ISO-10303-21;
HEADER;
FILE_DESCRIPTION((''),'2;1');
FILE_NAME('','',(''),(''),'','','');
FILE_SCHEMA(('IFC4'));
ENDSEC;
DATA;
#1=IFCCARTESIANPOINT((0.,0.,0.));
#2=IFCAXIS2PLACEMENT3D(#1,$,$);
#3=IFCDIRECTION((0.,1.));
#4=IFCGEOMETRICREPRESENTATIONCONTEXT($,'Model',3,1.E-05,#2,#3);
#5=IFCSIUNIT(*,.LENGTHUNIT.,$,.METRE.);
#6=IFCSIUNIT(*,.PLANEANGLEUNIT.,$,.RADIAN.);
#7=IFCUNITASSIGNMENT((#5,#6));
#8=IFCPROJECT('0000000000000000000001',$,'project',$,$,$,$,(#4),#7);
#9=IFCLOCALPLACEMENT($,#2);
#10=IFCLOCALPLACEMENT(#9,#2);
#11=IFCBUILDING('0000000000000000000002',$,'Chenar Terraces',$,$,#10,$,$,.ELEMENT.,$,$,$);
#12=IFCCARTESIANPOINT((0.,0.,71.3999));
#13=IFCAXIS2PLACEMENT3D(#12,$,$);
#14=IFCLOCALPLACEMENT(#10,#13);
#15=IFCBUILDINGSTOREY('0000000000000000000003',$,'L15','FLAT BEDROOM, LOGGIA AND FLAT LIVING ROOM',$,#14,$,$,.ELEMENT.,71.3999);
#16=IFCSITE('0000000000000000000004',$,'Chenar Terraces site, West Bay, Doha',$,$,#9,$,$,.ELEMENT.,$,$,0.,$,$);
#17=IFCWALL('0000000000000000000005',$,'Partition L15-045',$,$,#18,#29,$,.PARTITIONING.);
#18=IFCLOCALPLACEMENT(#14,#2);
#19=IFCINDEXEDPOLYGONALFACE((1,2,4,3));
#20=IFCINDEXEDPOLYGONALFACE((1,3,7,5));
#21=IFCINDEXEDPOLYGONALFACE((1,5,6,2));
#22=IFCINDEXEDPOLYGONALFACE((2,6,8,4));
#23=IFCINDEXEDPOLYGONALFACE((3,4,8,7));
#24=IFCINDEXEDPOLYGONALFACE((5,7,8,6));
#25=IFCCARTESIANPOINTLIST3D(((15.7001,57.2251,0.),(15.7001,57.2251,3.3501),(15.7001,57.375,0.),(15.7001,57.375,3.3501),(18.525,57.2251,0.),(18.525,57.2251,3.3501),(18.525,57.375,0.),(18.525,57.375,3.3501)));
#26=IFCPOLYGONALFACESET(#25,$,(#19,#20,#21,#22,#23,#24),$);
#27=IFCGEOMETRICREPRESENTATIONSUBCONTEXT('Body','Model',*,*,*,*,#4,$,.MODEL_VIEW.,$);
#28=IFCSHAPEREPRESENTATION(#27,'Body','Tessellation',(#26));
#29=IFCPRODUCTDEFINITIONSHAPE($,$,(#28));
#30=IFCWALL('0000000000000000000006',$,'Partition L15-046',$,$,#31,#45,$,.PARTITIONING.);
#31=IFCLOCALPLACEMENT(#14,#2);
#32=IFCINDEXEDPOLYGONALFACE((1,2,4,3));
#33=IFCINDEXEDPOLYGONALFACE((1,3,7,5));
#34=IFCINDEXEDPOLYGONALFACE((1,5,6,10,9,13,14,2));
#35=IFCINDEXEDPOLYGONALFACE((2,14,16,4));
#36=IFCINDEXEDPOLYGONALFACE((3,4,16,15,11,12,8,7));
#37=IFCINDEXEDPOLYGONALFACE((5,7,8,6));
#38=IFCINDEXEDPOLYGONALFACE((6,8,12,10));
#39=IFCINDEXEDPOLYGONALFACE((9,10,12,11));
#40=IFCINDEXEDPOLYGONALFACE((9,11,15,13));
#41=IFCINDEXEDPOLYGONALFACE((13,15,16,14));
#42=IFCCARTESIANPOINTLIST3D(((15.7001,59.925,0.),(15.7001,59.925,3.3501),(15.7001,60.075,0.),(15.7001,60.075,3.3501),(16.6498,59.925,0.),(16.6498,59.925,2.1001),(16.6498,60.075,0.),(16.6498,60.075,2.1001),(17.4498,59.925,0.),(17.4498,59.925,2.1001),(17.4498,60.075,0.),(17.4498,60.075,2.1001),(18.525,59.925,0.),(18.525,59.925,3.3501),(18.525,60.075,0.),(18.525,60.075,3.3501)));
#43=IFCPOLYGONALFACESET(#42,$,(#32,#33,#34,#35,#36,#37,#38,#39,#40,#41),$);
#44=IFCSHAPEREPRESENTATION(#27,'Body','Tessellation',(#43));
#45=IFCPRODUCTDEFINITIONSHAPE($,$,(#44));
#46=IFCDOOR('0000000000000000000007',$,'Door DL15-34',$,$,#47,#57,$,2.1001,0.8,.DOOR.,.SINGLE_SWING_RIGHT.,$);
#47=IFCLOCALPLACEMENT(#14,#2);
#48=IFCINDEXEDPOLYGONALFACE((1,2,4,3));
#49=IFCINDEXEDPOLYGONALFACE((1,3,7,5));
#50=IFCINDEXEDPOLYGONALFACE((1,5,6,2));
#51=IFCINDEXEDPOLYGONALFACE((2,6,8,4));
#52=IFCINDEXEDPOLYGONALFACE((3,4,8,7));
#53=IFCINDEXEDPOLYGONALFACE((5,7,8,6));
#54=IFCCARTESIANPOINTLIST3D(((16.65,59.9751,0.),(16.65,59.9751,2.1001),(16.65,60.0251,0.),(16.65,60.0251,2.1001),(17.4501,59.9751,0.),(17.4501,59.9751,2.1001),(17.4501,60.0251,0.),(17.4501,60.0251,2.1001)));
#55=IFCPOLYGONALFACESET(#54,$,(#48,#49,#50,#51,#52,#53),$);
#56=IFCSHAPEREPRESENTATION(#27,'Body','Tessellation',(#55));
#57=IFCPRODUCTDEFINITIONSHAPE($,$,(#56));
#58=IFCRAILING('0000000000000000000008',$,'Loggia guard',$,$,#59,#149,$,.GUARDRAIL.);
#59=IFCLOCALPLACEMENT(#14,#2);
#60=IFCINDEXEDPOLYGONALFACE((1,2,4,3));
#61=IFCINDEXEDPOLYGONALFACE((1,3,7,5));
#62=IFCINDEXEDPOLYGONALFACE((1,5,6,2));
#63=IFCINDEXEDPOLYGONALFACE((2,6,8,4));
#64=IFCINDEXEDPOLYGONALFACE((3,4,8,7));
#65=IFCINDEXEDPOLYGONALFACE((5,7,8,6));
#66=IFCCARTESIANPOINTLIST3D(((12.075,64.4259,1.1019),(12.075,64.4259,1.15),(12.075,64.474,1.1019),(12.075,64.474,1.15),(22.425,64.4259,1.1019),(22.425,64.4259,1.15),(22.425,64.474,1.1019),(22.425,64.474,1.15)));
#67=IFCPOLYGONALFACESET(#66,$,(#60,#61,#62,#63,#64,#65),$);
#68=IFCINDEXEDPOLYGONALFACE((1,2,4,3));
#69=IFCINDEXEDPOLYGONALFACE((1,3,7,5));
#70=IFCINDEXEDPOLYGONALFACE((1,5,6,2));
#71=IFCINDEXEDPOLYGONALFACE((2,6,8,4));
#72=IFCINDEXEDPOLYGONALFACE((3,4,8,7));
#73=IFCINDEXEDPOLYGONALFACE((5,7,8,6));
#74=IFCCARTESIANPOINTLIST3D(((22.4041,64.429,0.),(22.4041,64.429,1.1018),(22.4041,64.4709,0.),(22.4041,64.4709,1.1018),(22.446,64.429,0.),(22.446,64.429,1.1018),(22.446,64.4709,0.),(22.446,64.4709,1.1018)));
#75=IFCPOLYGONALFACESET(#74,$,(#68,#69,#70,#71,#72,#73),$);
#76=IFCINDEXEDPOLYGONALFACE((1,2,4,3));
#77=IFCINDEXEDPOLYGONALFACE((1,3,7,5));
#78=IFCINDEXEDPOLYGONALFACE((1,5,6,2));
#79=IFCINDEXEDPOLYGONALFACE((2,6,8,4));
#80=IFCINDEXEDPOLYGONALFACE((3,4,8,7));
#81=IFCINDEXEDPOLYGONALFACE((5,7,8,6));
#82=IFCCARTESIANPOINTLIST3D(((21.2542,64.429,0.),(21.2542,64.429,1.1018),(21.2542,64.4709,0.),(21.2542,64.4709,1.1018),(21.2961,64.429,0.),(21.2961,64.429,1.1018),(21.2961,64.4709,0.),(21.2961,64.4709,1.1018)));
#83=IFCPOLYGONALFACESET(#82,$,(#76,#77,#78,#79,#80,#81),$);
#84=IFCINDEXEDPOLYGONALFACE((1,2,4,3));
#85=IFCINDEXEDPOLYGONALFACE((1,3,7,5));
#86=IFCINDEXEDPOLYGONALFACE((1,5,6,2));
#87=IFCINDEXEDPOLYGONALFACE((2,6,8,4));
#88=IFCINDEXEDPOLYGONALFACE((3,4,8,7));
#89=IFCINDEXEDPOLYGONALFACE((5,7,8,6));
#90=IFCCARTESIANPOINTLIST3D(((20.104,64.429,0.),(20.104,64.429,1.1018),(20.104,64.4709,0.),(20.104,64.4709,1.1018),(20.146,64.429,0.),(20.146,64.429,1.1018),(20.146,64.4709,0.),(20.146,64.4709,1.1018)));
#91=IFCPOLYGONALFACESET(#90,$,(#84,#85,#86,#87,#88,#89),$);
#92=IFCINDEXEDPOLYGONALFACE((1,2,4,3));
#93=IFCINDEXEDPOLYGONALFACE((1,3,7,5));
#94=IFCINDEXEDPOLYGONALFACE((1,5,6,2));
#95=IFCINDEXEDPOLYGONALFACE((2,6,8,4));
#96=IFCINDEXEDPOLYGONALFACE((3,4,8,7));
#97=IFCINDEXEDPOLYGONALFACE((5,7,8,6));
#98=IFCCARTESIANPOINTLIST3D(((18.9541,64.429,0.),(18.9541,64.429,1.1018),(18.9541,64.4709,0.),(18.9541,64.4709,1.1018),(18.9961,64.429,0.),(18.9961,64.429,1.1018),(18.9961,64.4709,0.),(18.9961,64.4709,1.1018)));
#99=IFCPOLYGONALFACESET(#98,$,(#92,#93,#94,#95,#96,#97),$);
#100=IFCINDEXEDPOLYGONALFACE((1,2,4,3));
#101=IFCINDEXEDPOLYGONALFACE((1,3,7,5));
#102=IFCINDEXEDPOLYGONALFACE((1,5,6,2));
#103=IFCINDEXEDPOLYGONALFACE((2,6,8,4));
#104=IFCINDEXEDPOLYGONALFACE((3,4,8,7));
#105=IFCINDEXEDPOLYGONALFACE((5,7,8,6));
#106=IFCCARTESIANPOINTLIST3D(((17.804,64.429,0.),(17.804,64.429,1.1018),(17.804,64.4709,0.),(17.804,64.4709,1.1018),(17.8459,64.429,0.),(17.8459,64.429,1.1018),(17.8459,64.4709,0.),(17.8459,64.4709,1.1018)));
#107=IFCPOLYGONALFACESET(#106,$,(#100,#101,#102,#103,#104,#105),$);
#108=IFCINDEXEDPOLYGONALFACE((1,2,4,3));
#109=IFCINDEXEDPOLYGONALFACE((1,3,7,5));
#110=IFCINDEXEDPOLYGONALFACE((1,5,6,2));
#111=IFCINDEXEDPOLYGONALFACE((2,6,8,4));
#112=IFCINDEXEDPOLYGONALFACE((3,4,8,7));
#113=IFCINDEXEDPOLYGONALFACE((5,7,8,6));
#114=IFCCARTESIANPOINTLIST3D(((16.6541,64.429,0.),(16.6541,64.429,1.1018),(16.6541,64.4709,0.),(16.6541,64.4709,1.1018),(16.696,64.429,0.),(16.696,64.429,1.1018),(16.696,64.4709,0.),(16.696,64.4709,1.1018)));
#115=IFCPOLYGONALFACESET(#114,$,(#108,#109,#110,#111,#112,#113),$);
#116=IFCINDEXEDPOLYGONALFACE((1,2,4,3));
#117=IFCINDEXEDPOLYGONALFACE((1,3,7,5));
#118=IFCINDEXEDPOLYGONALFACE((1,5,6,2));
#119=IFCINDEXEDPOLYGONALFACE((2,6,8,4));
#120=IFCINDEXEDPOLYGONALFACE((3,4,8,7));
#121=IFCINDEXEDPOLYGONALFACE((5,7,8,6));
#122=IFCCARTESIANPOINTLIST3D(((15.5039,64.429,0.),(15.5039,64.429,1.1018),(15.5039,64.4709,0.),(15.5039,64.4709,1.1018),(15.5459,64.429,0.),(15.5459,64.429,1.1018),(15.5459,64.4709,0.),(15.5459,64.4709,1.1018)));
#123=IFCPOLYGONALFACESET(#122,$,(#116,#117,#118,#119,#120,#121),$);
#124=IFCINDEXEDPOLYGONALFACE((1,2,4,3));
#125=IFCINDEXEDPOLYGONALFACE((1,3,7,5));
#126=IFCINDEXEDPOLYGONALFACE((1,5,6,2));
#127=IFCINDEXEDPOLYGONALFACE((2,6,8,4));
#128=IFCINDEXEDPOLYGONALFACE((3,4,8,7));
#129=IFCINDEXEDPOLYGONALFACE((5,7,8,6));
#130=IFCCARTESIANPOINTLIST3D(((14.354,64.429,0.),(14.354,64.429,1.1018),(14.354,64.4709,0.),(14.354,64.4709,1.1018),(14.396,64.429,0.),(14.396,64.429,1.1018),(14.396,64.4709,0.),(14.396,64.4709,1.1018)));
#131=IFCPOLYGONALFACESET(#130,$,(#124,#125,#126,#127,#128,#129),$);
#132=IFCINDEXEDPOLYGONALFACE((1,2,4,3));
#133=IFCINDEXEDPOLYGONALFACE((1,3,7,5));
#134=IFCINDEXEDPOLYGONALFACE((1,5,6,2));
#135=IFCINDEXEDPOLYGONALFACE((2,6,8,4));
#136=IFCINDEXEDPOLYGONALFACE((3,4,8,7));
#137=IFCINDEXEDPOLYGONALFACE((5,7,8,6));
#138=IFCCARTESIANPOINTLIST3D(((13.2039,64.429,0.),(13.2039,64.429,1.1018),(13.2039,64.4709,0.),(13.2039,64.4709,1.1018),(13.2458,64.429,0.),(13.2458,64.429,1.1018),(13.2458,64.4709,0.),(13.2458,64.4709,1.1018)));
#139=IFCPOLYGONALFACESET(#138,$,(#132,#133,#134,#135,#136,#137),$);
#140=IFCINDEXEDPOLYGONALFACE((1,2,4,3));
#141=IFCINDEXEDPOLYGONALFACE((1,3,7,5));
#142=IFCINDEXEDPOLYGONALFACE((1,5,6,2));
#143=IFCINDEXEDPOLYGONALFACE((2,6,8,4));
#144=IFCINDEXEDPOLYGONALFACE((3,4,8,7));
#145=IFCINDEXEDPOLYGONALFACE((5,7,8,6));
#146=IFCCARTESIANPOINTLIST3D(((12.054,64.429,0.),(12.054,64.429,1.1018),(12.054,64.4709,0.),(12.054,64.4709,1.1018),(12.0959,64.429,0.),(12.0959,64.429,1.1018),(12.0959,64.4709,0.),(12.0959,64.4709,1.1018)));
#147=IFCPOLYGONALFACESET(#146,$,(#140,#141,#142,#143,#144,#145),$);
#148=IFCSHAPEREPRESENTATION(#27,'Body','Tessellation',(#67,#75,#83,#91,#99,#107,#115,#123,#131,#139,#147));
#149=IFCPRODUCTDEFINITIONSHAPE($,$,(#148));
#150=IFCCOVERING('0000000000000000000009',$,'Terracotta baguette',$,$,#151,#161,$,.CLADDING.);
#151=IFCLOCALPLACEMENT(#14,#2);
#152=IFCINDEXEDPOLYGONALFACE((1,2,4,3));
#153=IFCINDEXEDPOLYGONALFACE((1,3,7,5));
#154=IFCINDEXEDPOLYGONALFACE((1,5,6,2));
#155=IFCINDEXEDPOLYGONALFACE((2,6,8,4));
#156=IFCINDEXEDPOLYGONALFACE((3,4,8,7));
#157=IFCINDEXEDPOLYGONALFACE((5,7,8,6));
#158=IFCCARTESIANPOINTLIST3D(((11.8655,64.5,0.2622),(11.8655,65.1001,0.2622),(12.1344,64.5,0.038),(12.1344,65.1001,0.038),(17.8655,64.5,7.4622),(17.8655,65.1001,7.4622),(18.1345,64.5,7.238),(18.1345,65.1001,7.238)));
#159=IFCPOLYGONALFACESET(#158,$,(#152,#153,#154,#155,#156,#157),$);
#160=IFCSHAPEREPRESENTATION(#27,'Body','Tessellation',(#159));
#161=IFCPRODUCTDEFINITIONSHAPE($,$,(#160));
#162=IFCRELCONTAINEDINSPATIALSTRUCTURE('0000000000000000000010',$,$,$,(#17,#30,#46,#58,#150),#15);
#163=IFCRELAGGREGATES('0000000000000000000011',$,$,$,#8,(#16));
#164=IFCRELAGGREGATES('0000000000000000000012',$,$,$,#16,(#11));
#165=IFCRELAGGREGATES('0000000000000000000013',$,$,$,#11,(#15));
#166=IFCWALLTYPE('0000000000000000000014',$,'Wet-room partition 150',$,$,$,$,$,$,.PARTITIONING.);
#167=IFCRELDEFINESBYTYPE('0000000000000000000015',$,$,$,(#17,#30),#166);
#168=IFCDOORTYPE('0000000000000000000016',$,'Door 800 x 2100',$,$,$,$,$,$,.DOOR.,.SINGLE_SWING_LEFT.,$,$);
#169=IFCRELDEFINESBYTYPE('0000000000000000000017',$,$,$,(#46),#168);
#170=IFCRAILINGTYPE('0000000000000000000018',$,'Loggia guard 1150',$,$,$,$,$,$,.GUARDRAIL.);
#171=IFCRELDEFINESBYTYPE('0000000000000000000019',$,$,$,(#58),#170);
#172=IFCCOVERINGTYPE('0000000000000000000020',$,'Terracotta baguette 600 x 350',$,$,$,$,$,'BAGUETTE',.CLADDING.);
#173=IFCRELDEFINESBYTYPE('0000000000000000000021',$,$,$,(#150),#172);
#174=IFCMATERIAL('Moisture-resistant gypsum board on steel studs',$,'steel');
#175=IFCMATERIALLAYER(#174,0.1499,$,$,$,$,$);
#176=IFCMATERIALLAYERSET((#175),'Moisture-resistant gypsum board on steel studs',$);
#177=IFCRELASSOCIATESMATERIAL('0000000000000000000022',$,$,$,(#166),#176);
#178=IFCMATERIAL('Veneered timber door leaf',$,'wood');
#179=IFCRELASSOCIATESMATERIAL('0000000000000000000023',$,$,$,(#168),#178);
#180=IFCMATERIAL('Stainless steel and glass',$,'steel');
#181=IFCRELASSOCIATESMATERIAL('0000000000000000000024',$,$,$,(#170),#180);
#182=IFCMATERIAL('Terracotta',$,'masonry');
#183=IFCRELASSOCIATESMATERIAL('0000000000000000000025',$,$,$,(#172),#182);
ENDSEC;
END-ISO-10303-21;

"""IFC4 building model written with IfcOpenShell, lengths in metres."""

from ifc_helpers import new_model, si_unit, direction, frame, frame_2d, origin, origin_2d, place, context, subcontext, project, spatial, rectangle, extrude, material, layer, layer_set, material_profile, profile_set, type_object, element, fill, save


model = new_model("IFC4")

# Units and contexts
model_context = context("Model", 3, precision=1e-05, world=origin(), true_north=direction((0.0, 1.0)))
body_context = subcontext(model_context, "Body", "Model", "MODEL_VIEW")
ifc_project = project(units=[si_unit("LENGTHUNIT", "METRE"), si_unit("PLANEANGLEUNIT", "RADIAN")], contexts=[model_context])

# Site, building, storey
site_placement = place(None, origin())
site = spatial("IfcSite", under=ifc_project, at=site_placement, Name="Chenar Terraces site, West Bay, Doha", CompositionType="ELEMENT", RefElevation=0.0)
building_placement = place(site_placement, origin())
building = spatial("IfcBuilding", under=site, at=building_placement, Name="Chenar Terraces", CompositionType="ELEMENT")
storey_placement = place(building_placement, frame((0.0, 0.0, 71.3999)))
storey = spatial("IfcBuildingStorey", under=building, at=storey_placement, Name="L15", Description="FLAT BEDROOM, LOGGIA AND FLAT LIVING ROOM", CompositionType="ELEMENT", Elevation=71.3999)

# Wall
ifc_material_1 = material(Name="Moisture-resistant gypsum board on steel studs", Category="steel")
ifc_layer_1 = layer(ifc_material_1, 0.1499)
ifc_layer_set_1 = layer_set([ifc_layer_1], Name="Moisture-resistant gypsum board on steel studs")
wall_type_1 = type_object("IfcWallType", Name="Wet-room partition 150", PredefinedType="PARTITIONING", material=ifc_layer_set_1)
wall_1_placement = place(storey_placement, frame((15.7, 57.3, 0.0), z_axis=(0.0, 0.0, 1.0), x_axis=(1.0, 0.0, 0.0)))
element("IfcWall", 1, at=wall_1_placement, inside=storey, type_object=wall_type_1, Name="Partition L15-045", PredefinedType="PARTITIONING", context=body_context, shape_type="SweptSolid", body=[
    extrude(rectangle(XDim=2.825, YDim=0.1499, at=frame_2d((1.4126, 0.0))), origin(), (0.0, 0.0, 1.0), 3.3501),
])

# Wall, opening, door
wall_2_placement = place(storey_placement, frame((15.7, 60.0, 0.0), z_axis=(0.0, 0.0, 1.0), x_axis=(1.0, 0.0, 0.0)))
wall_2 = element("IfcWall", 2, at=wall_2_placement, inside=storey, type_object=wall_type_1, Name="Partition L15-046", PredefinedType="PARTITIONING", context=body_context, shape_type="SweptSolid", body=[
    extrude(rectangle(XDim=2.825, YDim=0.1499, at=frame_2d((1.4126, 0.0))), origin(), (0.0, 0.0, 1.0), 3.3501),
])
opening_1_placement = place(wall_2_placement, frame((0.95, 0.0, 0.0)))
opening_1 = element("IfcOpeningElement", 3, at=opening_1_placement, cuts=wall_2, PredefinedType="OPENING", context=body_context, shape_type="SweptSolid", body=[
    extrude(rectangle(XDim=0.8, YDim=2.1001, at=frame_2d((0.3999, 1.05))), frame((0.0, 0.085, 0.0), z_axis=(0.0, -1.0, 0.0), x_axis=(1.0, 0.0, 0.0)), (0.0, 0.0, 1.0), 0.1699),
])
ifc_material_2 = material(Name="Veneered timber door leaf", Category="wood")
door_type_1 = type_object("IfcDoorType", Name="Door 800 x 2100", OperationType="SINGLE_SWING_LEFT", PredefinedType="DOOR", material=ifc_material_2)
door_1_placement = place(opening_1_placement, frame((0.8, 0.0, 0.0), z_axis=(0.0, 0.0, 1.0), x_axis=(-1.0, 0.0, 0.0)))
door_1 = element("IfcDoor", 4, at=door_1_placement, inside=storey, type_object=door_type_1, Name="Door DL15-34", OperationType="SINGLE_SWING_RIGHT", OverallHeight=2.1001, OverallWidth=0.8, PredefinedType="DOOR", context=body_context, shape_type="SweptSolid", body=[
    extrude(rectangle(XDim=0.8, YDim=2.1001, at=frame_2d((0.3999, 1.05))), frame((0.0, 0.0249, 0.0), z_axis=(0.0, -1.0, 0.0), x_axis=(1.0, 0.0, 0.0)), (0.0, 0.0, 1.0), 0.05),
])
fill(opening_1, door_1)

# Railing
ifc_material_3 = material(Name="Stainless steel and glass", Category="steel")
railing_type = type_object("IfcRailingType", Name="Loggia guard 1150", PredefinedType="GUARDRAIL", material=ifc_material_3)
railing_placement = place(storey_placement, frame((22.425, 64.45, 0.0)))
element("IfcRailing", 5, at=railing_placement, inside=storey, type_object=railing_type, Name="Loggia guard", PredefinedType="GUARDRAIL", context=body_context, shape_type="SweptSolid", body=[
    extrude(rectangle(XDim=0.0481, YDim=0.0481, at=origin_2d()), frame((0.0, 0.0, 1.126), z_axis=(-1.0, 0.0, 0.0), x_axis=(0.0, -1.0, 0.0)), (0.0, 0.0, 1.0), 10.3501),
    extrude(rectangle(XDim=0.042, YDim=0.042, at=origin_2d()), origin(), (0.0, 0.0, 1.0), 1.1018),
    extrude(rectangle(XDim=0.042, YDim=0.042, at=origin_2d()), frame((-1.1499, 0.0, 0.0)), (0.0, 0.0, 1.0), 1.1018),
    extrude(rectangle(XDim=0.042, YDim=0.042, at=origin_2d()), frame((-2.3, 0.0, 0.0)), (0.0, 0.0, 1.0), 1.1018),
    extrude(rectangle(XDim=0.042, YDim=0.042, at=origin_2d()), frame((-3.45, 0.0, 0.0)), (0.0, 0.0, 1.0), 1.1018),
    extrude(rectangle(XDim=0.042, YDim=0.042, at=origin_2d()), frame((-4.6001, 0.0, 0.0)), (0.0, 0.0, 1.0), 1.1018),
    extrude(rectangle(XDim=0.042, YDim=0.042, at=origin_2d()), frame((-5.75, 0.0, 0.0)), (0.0, 0.0, 1.0), 1.1018),
    extrude(rectangle(XDim=0.042, YDim=0.042, at=origin_2d()), frame((-6.9001, 0.0, 0.0)), (0.0, 0.0, 1.0), 1.1018),
    extrude(rectangle(XDim=0.042, YDim=0.042, at=origin_2d()), frame((-8.05, 0.0, 0.0)), (0.0, 0.0, 1.0), 1.1018),
    extrude(rectangle(XDim=0.042, YDim=0.042, at=origin_2d()), frame((-9.2002, 0.0, 0.0)), (0.0, 0.0, 1.0), 1.1018),
    extrude(rectangle(XDim=0.042, YDim=0.042, at=origin_2d()), frame((-10.3501, 0.0, 0.0)), (0.0, 0.0, 1.0), 1.1018),
])

# Covering
ifc_material_4 = material(Name="Terracotta", Category="masonry")
ifc_material_profile = material_profile(ifc_material_4, rectangle(XDim=0.6001, YDim=0.3501, at=origin_2d()), Name="Terracotta baguette 600 x 350")
ifc_profile_set = profile_set([ifc_material_profile], Name="Terracotta")
covering_type = type_object("IfcCoveringType", Name="Terracotta baguette 600 x 350", ElementType="BAGUETTE", PredefinedType="CLADDING", material=ifc_profile_set)
covering_placement = place(storey_placement, frame((18.0, 64.8, 7.3501), z_axis=(-0.640187, 0.0, -0.768219), x_axis=(0.0, -1.0, 0.0)))
element("IfcCovering", 6, at=covering_placement, inside=storey, type_object=covering_type, Name="Terracotta baguette", PredefinedType="CLADDING", context=body_context, shape_type="SweptSolid", body=[
    extrude(rectangle(XDim=0.6001, YDim=0.3501, at=origin_2d()), origin(), (0.0, 0.0, 1.0), 9.3723),
])

save(model, "model.ifc")
